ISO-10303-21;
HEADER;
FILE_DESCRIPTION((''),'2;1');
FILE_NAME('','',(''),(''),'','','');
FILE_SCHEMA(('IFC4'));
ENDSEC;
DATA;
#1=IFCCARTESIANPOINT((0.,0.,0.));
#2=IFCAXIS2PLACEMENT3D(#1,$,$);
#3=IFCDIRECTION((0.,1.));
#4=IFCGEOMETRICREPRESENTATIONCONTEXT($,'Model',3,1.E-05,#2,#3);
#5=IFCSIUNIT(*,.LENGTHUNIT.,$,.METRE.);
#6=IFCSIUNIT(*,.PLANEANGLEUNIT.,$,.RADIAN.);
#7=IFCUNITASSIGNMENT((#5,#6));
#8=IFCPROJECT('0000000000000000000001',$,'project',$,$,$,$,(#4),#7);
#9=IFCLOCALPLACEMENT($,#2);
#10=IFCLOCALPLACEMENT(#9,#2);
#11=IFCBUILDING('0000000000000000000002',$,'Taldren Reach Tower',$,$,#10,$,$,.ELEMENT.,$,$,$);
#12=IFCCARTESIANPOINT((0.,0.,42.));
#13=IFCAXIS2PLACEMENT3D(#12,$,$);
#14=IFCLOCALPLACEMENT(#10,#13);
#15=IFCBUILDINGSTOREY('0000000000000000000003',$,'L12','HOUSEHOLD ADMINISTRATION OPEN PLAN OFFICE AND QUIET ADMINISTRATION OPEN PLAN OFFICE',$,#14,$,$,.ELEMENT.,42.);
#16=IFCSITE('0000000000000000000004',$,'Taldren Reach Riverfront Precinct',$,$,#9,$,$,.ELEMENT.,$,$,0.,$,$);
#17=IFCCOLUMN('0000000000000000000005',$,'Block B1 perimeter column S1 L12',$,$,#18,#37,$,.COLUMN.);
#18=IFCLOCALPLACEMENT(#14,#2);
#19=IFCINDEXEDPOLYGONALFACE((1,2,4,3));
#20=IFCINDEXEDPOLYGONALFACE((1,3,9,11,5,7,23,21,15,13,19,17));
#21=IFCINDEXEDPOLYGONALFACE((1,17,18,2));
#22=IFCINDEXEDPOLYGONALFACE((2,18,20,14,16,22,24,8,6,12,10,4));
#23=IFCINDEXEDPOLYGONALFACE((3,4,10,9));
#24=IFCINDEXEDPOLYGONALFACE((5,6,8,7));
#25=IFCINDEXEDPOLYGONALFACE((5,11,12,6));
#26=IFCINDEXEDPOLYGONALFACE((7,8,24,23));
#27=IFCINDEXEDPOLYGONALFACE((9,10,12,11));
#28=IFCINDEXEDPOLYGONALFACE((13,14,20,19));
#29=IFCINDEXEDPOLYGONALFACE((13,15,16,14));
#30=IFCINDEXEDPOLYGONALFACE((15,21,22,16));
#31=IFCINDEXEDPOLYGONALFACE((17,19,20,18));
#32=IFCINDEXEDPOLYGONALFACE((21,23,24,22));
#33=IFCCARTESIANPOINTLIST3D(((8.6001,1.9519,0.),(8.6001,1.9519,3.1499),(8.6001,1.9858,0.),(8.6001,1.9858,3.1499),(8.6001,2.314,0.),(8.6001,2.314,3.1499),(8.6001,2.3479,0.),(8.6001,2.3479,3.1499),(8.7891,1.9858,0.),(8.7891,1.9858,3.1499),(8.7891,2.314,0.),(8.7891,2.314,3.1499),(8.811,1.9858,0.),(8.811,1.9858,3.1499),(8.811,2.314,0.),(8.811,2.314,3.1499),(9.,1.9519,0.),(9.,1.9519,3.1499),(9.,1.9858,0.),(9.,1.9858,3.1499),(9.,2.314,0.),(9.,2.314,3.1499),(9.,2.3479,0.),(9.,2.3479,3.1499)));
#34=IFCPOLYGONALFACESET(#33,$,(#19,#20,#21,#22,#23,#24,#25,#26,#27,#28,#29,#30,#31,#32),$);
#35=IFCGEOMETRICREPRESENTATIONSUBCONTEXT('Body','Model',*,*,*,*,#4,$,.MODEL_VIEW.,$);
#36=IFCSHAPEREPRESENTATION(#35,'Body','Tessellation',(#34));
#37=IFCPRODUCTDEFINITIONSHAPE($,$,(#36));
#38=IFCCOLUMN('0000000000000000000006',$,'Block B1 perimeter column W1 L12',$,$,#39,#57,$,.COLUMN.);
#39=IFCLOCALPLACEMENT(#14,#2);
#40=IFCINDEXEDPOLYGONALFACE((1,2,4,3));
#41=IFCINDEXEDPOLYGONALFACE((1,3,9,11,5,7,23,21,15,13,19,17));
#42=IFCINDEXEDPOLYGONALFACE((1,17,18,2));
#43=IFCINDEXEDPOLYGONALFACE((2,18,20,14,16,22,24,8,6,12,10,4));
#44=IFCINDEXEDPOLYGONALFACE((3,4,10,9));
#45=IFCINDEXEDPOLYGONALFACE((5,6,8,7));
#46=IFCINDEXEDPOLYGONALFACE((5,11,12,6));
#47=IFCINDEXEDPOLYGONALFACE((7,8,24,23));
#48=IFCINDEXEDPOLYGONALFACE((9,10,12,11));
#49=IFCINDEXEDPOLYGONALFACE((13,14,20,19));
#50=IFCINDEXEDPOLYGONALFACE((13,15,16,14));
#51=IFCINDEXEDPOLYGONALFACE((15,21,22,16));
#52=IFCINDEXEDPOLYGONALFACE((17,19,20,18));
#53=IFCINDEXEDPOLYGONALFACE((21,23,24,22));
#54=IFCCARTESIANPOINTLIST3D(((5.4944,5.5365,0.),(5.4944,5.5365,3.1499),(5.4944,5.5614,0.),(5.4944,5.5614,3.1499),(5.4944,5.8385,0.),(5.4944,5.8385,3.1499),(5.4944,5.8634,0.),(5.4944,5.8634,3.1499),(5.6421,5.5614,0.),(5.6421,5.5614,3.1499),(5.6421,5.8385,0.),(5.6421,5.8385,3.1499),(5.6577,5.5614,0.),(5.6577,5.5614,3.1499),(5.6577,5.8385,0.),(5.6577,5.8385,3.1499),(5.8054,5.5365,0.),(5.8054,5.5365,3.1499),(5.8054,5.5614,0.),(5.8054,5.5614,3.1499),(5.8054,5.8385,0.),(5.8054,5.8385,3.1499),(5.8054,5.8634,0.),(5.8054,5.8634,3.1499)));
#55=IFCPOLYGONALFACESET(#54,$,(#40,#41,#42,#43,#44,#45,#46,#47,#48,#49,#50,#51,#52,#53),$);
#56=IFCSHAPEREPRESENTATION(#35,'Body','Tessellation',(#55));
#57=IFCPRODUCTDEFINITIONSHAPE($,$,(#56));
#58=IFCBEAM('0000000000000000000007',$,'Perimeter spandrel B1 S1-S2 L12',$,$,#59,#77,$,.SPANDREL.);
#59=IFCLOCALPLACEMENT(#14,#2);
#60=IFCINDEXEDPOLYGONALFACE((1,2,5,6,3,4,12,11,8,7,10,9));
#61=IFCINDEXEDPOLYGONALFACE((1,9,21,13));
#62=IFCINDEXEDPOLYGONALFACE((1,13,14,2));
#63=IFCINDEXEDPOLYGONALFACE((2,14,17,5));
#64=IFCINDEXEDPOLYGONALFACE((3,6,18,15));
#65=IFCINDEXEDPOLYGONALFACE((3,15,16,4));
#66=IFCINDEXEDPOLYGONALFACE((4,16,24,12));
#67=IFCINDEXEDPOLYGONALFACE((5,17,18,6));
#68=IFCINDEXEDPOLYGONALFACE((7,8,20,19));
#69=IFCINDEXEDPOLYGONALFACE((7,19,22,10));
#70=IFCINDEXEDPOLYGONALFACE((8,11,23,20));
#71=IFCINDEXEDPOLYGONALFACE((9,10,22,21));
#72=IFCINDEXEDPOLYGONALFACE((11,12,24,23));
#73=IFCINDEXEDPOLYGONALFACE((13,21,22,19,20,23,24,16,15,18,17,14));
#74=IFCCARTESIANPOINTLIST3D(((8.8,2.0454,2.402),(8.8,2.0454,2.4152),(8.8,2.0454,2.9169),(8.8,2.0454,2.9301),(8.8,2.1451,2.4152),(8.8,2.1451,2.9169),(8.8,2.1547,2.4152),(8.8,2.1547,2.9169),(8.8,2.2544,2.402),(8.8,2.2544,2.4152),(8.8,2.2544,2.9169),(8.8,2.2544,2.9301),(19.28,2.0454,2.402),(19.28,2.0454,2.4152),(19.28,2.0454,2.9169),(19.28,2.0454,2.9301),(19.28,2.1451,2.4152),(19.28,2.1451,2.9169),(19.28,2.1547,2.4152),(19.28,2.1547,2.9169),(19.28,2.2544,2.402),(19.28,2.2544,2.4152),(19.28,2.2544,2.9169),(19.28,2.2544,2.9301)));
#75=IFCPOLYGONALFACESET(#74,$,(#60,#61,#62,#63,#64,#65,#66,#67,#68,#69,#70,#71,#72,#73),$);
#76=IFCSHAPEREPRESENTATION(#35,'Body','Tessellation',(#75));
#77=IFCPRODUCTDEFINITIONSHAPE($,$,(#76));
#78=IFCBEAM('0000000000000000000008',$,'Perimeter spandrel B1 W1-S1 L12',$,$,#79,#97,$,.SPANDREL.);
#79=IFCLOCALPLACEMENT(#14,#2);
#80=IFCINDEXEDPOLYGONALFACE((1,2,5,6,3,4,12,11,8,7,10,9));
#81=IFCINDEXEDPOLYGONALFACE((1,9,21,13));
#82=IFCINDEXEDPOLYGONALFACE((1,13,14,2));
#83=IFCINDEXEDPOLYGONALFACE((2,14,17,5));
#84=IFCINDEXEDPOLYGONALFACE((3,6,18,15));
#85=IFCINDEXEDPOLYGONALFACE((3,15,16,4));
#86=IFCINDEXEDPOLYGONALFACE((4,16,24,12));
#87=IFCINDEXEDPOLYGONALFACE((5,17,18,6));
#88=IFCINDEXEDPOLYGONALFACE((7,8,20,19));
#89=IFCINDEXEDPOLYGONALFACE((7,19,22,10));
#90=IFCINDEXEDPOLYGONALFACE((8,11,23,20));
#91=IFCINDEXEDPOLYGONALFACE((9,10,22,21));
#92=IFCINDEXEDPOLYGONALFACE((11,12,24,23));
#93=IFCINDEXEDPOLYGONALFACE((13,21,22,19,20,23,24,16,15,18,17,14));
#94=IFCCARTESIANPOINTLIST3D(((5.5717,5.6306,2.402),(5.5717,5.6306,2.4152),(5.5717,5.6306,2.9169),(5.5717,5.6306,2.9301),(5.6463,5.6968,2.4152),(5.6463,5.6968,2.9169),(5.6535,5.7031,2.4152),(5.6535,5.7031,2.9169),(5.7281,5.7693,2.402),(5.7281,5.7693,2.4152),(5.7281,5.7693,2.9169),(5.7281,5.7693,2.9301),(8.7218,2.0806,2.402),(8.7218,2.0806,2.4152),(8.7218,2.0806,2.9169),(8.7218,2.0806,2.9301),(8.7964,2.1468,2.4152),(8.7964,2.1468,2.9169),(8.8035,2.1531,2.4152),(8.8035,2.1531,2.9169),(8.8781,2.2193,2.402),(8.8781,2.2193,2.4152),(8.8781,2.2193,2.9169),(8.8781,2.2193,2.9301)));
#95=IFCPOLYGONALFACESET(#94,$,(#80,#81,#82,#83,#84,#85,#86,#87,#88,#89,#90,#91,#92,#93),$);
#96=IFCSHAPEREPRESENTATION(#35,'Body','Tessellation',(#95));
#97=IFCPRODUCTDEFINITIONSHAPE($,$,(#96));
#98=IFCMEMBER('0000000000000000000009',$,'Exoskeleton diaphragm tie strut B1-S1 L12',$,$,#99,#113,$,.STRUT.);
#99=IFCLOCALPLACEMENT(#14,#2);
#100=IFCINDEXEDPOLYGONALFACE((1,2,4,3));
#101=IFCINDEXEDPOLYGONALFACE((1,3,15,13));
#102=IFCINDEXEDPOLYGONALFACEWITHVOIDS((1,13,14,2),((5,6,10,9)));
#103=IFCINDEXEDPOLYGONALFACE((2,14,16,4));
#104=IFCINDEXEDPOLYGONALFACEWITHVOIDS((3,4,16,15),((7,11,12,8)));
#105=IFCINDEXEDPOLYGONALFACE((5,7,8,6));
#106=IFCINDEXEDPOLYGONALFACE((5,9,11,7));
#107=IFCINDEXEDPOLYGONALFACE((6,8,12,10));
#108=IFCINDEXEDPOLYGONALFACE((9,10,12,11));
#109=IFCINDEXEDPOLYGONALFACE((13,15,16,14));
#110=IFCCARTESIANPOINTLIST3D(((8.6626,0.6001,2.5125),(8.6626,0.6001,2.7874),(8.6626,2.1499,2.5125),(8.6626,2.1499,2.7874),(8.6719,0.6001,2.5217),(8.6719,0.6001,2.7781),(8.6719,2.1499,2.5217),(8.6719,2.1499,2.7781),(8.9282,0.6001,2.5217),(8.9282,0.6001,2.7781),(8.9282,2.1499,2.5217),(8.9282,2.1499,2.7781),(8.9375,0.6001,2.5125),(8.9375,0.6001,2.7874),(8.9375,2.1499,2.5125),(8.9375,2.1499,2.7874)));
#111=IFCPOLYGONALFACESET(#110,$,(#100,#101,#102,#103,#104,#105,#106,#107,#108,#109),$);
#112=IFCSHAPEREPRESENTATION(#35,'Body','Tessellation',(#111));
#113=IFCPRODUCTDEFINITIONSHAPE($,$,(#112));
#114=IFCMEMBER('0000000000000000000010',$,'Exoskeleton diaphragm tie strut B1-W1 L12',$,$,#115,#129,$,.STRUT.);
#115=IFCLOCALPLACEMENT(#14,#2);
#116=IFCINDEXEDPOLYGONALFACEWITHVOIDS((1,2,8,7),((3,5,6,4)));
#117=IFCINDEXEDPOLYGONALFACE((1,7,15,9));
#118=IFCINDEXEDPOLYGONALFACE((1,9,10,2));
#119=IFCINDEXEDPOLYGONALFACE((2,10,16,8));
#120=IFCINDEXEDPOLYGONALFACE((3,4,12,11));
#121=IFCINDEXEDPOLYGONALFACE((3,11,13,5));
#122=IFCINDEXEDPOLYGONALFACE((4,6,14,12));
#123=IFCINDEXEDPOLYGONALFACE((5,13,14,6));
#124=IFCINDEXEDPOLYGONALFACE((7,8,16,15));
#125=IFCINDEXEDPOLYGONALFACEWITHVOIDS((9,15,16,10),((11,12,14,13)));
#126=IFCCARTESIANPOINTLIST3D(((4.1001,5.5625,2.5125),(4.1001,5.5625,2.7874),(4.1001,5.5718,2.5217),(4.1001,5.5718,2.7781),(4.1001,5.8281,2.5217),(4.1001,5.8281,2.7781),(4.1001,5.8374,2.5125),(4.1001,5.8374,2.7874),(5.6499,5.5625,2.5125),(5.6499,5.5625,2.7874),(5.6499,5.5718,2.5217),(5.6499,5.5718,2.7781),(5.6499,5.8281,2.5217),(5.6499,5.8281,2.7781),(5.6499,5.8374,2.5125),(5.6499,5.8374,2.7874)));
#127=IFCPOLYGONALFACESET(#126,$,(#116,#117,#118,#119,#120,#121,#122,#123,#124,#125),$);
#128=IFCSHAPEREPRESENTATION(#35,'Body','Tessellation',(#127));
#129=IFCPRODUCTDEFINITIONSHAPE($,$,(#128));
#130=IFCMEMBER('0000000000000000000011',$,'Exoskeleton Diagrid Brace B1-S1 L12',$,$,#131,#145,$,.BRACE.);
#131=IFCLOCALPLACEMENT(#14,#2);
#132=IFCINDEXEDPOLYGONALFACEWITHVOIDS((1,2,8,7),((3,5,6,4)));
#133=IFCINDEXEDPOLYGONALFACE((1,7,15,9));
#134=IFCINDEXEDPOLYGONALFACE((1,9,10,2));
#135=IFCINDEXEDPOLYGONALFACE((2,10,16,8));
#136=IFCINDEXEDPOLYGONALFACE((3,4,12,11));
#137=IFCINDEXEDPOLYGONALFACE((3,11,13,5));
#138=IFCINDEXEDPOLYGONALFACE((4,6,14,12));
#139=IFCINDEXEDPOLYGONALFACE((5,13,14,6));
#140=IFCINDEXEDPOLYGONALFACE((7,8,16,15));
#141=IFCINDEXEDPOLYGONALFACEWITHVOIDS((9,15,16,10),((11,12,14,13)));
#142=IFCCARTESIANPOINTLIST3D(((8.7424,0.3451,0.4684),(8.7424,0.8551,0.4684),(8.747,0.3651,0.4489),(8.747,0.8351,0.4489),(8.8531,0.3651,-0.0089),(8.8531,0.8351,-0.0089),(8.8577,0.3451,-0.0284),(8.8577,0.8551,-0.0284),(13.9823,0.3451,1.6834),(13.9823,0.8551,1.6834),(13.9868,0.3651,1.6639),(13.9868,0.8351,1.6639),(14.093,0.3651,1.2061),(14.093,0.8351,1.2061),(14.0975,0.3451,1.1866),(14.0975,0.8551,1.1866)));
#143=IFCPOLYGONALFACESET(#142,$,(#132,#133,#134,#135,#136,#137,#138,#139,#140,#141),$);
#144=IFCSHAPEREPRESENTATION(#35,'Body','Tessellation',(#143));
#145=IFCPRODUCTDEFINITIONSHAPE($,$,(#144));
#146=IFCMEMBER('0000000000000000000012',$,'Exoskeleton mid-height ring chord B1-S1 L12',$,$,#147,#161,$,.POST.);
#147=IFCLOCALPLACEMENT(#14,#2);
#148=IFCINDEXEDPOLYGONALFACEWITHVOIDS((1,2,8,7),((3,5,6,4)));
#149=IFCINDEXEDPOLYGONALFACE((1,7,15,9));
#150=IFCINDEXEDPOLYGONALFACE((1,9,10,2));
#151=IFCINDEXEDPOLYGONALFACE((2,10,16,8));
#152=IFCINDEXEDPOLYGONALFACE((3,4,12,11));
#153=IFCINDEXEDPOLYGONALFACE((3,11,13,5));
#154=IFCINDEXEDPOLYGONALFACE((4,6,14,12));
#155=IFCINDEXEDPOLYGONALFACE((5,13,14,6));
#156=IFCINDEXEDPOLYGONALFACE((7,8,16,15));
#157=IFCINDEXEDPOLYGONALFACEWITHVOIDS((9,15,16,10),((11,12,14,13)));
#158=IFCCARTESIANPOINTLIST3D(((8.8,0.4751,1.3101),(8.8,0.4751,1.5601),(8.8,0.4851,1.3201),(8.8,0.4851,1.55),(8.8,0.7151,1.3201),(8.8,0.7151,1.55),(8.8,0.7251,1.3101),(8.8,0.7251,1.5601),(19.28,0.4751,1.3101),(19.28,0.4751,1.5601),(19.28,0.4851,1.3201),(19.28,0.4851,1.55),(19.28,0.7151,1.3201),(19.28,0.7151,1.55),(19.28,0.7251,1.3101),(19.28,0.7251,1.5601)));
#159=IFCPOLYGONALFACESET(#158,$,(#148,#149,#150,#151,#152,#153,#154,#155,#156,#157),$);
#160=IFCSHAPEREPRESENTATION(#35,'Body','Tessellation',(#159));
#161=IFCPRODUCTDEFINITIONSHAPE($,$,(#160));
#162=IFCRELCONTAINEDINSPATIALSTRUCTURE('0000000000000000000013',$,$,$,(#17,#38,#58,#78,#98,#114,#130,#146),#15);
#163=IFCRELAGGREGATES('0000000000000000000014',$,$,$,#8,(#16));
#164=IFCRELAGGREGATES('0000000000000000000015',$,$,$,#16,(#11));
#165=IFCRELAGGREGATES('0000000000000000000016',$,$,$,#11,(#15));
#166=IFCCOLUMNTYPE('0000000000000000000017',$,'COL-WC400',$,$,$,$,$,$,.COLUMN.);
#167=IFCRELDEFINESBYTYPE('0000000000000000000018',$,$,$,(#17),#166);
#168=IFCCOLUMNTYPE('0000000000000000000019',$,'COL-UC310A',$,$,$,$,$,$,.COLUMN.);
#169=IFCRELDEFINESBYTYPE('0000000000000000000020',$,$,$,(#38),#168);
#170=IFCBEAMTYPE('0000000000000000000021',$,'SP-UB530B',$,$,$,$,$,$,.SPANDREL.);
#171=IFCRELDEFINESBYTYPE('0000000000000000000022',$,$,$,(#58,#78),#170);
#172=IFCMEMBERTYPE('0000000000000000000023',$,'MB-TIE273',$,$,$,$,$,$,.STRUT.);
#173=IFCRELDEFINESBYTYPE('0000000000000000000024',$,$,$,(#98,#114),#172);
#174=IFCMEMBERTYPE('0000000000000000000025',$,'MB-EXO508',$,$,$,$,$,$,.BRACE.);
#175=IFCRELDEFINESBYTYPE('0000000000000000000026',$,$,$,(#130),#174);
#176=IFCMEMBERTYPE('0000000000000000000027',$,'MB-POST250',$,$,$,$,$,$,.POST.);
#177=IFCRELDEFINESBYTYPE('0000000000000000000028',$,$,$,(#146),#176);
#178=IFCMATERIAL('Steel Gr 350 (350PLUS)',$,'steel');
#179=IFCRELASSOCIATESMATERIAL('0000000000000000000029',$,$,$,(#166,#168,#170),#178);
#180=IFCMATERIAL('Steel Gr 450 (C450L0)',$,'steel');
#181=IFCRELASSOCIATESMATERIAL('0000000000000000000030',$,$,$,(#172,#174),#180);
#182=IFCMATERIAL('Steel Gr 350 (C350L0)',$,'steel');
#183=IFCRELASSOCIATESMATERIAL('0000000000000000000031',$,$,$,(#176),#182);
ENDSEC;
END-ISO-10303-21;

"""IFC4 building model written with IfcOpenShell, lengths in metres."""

from ifc_helpers import new_model, si_unit, direction, frame, origin, origin_2d, place, context, subcontext, project, spatial, hollow_rectangle, i_section, extrude, source, transform, mapped, material, material_profile, profile_set, type_object, element, save


model = new_model("IFC4")

# Units and contexts
model_context = context("Model", 3, precision=1e-05, world=origin(), true_north=direction((0.0, 1.0)))
body_context = subcontext(model_context, "Body", "Model", "MODEL_VIEW")
ifc_project = project(units=[si_unit("LENGTHUNIT", "METRE"), si_unit("PLANEANGLEUNIT", "RADIAN")], contexts=[model_context])

# Site, building, storey
site_placement = place(None, origin())
site = spatial("IfcSite", under=ifc_project, at=site_placement, Name="Taldren Reach Riverfront Precinct", CompositionType="ELEMENT", RefElevation=0.0)
building_placement = place(site_placement, origin())
building = spatial("IfcBuilding", under=site, at=building_placement, Name="Taldren Reach Tower", CompositionType="ELEMENT")
storey_placement = place(building_placement, frame((0.0, 0.0, 42.0)))
storey = spatial("IfcBuildingStorey", under=building, at=storey_placement, Name="L12", Description="HOUSEHOLD ADMINISTRATION OPEN PLAN OFFICE AND QUIET ADMINISTRATION OPEN PLAN OFFICE", CompositionType="ELEMENT", Elevation=42.0)

# Columns
ifc_material_1 = material(Name="Steel Gr 350 (350PLUS)", Category="steel")
ifc_material_profile_1 = material_profile(ifc_material_1, i_section(OverallWidth=0.3999, OverallDepth=0.396, WebThickness=0.022, FlangeThickness=0.0339, at=origin_2d()), Name="400WC270")
ifc_profile_set_1 = profile_set([ifc_material_profile_1], Name="Steel Gr 350 (350PLUS)")
column_type_1 = type_object("IfcColumnType", Name="COL-WC400", PredefinedType="COLUMN", material=ifc_profile_set_1)
shared_shape_1 = source(origin(), body_context, "Body", "SweptSolid", [
    extrude(i_section(OverallWidth=0.3999, OverallDepth=0.396, WebThickness=0.022, FlangeThickness=0.0339, at=origin_2d()), origin(), (0.0, 0.0, 1.0), 3.1499),
])
column_1_placement = place(storey_placement, frame((8.8, 2.1499, 0.0), z_axis=(0.0, 0.0, 1.0), x_axis=(1.0, 0.0, 0.0)))
element("IfcColumn", 1, at=column_1_placement, inside=storey, type_object=column_type_1, Name="Block B1 perimeter column S1 L12", PredefinedType="COLUMN", context=body_context, shape_type="MappedRepresentation", body=[
    mapped(shared_shape_1, transform((0.0, 0.0, 0.0), scale=1.0)),
])
ifc_material_profile_2 = material_profile(ifc_material_1, i_section(OverallWidth=0.311, OverallDepth=0.3269, WebThickness=0.0156, FlangeThickness=0.0249, at=origin_2d()), Name="310UC158")
ifc_profile_set_2 = profile_set([ifc_material_profile_2], Name="Steel Gr 350 (350PLUS)")
column_type_2 = type_object("IfcColumnType", Name="COL-UC310A", PredefinedType="COLUMN", material=ifc_profile_set_2)
shared_shape_2 = source(origin(), body_context, "Body", "SweptSolid", [
    extrude(i_section(OverallWidth=0.311, OverallDepth=0.3269, WebThickness=0.0156, FlangeThickness=0.0249, at=origin_2d()), origin(), (0.0, 0.0, 1.0), 3.1499),
])
column_2_placement = place(storey_placement, frame((5.6499, 5.7, 0.0), z_axis=(0.0, 0.0, 1.0), x_axis=(1.0, 0.0, 0.0)))
element("IfcColumn", 2, at=column_2_placement, inside=storey, type_object=column_type_2, Name="Block B1 perimeter column W1 L12", PredefinedType="COLUMN", context=body_context, shape_type="MappedRepresentation", body=[
    mapped(shared_shape_2, transform((0.0, 0.0, 0.0), scale=1.0)),
])

# Beams
ifc_material_profile_3 = material_profile(ifc_material_1, i_section(OverallWidth=0.209, OverallDepth=0.5281, WebThickness=0.0095, FlangeThickness=0.0132, at=origin_2d()), Name="530UB82.0")
ifc_profile_set_3 = profile_set([ifc_material_profile_3], Name="Steel Gr 350 (350PLUS)")
beam_type = type_object("IfcBeamType", Name="SP-UB530B", PredefinedType="SPANDREL", material=ifc_profile_set_3)
shared_shape_3 = source(origin(), body_context, "Body", "SweptSolid", [
    extrude(i_section(OverallWidth=0.209, OverallDepth=0.5281, WebThickness=0.0095, FlangeThickness=0.0132, at=origin_2d()), origin(), (0.0, 0.0, 1.0), 10.48),
])
beam_1_placement = place(storey_placement, frame((8.8, 2.1499, 2.666), z_axis=(1.0, 0.0, 0.0), x_axis=(0.0, 1.0, 0.0)))
element("IfcBeam", 3, at=beam_1_placement, inside=storey, type_object=beam_type, Name="Perimeter spandrel B1 S1-S2 L12", PredefinedType="SPANDREL", context=body_context, shape_type="MappedRepresentation", body=[
    mapped(shared_shape_3, transform((0.0, 0.0, 0.0), scale=1.0)),
])
shared_shape_4 = source(origin(), body_context, "Body", "SweptSolid", [
    extrude(i_section(OverallWidth=0.209, OverallDepth=0.5281, WebThickness=0.0095, FlangeThickness=0.0132, at=origin_2d()), origin(), (0.0, 0.0, 1.0), 4.7461),
])
beam_2_placement = place(storey_placement, frame((5.6499, 5.7, 2.666), z_axis=(0.663722, -0.747979, 0.0), x_axis=(0.747979, 0.663722, 0.0)))
element("IfcBeam", 4, at=beam_2_placement, inside=storey, type_object=beam_type, Name="Perimeter spandrel B1 W1-S1 L12", PredefinedType="SPANDREL", context=body_context, shape_type="MappedRepresentation", body=[
    mapped(shared_shape_4, transform((0.0, 0.0, 0.0), scale=1.0)),
])

# Members
ifc_material_2 = material(Name="Steel Gr 450 (C450L0)", Category="steel")
ifc_material_profile_4 = material_profile(ifc_material_2, hollow_rectangle(XDim=0.2749, YDim=0.2749, WallThickness=0.0093, at=origin_2d()), Name="275x275x9.3SHS")
ifc_profile_set_4 = profile_set([ifc_material_profile_4], Name="Steel Gr 450 (C450L0)")
member_type_1 = type_object("IfcMemberType", Name="MB-TIE273", PredefinedType="STRUT", material=ifc_profile_set_4)
shared_shape_5 = source(origin(), body_context, "Body", "SweptSolid", [
    extrude(hollow_rectangle(XDim=0.2749, YDim=0.2749, WallThickness=0.0093, at=origin_2d()), origin(), (0.0, 0.0, 1.0), 1.5498),
])
for number, where, z_axis, x_axis, name in (
    (5, (8.8, 2.1499, 2.6499), (0.0, -1.0, 0.0), (1.0, 0.0, 0.0), "Exoskeleton diaphragm tie strut B1-S1 L12"),
    (6, (5.6499, 5.7, 2.6499), (-1.0, 0.0, 0.0), (0.0, -1.0, 0.0), "Exoskeleton diaphragm tie strut B1-W1 L12"),
):
    element("IfcMember", number, at=place(storey_placement, frame(where, z_axis=z_axis, x_axis=x_axis)), inside=storey, type_object=member_type_1, Name=name, PredefinedType="STRUT", context=body_context, shape_type="MappedRepresentation", body=[
        mapped(shared_shape_5, transform((0.0, 0.0, 0.0), scale=1.0)),
    ])
ifc_material_profile_5 = material_profile(ifc_material_2, hollow_rectangle(XDim=0.51, YDim=0.51, WallThickness=0.02, at=origin_2d()), Name="510x510x20.0SHS")
ifc_profile_set_5 = profile_set([ifc_material_profile_5], Name="Steel Gr 450 (C450L0)")
member_type_2 = type_object("IfcMemberType", Name="MB-EXO508", PredefinedType="BRACE", material=ifc_profile_set_5)
shared_shape_6 = source(origin(), body_context, "Body", "SweptSolid", [
    extrude(hollow_rectangle(XDim=0.51, YDim=0.51, WallThickness=0.02, at=origin_2d()), origin(), (0.0, 0.0, 1.0), 5.3789),
])
member_1_placement = place(storey_placement, frame((8.8, 0.6001, 0.22), z_axis=(0.974152, 0.0, 0.225894), x_axis=(0.0, 1.0, 0.0)))
element("IfcMember", 7, at=member_1_placement, inside=storey, type_object=member_type_2, Name="Exoskeleton Diagrid Brace B1-S1 L12", PredefinedType="BRACE", context=body_context, shape_type="MappedRepresentation", body=[
    mapped(shared_shape_6, transform((0.0, 0.0, 0.0), scale=1.0)),
])
ifc_material_3 = material(Name="Steel Gr 350 (C350L0)", Category="steel")
ifc_material_profile_6 = material_profile(ifc_material_3, hollow_rectangle(XDim=0.25, YDim=0.25, WallThickness=0.01, at=origin_2d()), Name="250x250x10.0SHS")
ifc_profile_set_6 = profile_set([ifc_material_profile_6], Name="Steel Gr 350 (C350L0)")
member_type_3 = type_object("IfcMemberType", Name="MB-POST250", PredefinedType="POST", material=ifc_profile_set_6)
shared_shape_7 = source(origin(), body_context, "Body", "SweptSolid", [
    extrude(hollow_rectangle(XDim=0.25, YDim=0.25, WallThickness=0.01, at=origin_2d()), origin(), (0.0, 0.0, 1.0), 10.48),
])
member_2_placement = place(storey_placement, frame((8.8, 0.6001, 1.4351), z_axis=(1.0, 0.0, 0.0), x_axis=(0.0, 1.0, 0.0)))
element("IfcMember", 8, at=member_2_placement, inside=storey, type_object=member_type_3, Name="Exoskeleton mid-height ring chord B1-S1 L12", PredefinedType="POST", context=body_context, shape_type="MappedRepresentation", body=[
    mapped(shared_shape_7, transform((0.0, 0.0, 0.0), scale=1.0)),
])

save(model, "model.ifc")
